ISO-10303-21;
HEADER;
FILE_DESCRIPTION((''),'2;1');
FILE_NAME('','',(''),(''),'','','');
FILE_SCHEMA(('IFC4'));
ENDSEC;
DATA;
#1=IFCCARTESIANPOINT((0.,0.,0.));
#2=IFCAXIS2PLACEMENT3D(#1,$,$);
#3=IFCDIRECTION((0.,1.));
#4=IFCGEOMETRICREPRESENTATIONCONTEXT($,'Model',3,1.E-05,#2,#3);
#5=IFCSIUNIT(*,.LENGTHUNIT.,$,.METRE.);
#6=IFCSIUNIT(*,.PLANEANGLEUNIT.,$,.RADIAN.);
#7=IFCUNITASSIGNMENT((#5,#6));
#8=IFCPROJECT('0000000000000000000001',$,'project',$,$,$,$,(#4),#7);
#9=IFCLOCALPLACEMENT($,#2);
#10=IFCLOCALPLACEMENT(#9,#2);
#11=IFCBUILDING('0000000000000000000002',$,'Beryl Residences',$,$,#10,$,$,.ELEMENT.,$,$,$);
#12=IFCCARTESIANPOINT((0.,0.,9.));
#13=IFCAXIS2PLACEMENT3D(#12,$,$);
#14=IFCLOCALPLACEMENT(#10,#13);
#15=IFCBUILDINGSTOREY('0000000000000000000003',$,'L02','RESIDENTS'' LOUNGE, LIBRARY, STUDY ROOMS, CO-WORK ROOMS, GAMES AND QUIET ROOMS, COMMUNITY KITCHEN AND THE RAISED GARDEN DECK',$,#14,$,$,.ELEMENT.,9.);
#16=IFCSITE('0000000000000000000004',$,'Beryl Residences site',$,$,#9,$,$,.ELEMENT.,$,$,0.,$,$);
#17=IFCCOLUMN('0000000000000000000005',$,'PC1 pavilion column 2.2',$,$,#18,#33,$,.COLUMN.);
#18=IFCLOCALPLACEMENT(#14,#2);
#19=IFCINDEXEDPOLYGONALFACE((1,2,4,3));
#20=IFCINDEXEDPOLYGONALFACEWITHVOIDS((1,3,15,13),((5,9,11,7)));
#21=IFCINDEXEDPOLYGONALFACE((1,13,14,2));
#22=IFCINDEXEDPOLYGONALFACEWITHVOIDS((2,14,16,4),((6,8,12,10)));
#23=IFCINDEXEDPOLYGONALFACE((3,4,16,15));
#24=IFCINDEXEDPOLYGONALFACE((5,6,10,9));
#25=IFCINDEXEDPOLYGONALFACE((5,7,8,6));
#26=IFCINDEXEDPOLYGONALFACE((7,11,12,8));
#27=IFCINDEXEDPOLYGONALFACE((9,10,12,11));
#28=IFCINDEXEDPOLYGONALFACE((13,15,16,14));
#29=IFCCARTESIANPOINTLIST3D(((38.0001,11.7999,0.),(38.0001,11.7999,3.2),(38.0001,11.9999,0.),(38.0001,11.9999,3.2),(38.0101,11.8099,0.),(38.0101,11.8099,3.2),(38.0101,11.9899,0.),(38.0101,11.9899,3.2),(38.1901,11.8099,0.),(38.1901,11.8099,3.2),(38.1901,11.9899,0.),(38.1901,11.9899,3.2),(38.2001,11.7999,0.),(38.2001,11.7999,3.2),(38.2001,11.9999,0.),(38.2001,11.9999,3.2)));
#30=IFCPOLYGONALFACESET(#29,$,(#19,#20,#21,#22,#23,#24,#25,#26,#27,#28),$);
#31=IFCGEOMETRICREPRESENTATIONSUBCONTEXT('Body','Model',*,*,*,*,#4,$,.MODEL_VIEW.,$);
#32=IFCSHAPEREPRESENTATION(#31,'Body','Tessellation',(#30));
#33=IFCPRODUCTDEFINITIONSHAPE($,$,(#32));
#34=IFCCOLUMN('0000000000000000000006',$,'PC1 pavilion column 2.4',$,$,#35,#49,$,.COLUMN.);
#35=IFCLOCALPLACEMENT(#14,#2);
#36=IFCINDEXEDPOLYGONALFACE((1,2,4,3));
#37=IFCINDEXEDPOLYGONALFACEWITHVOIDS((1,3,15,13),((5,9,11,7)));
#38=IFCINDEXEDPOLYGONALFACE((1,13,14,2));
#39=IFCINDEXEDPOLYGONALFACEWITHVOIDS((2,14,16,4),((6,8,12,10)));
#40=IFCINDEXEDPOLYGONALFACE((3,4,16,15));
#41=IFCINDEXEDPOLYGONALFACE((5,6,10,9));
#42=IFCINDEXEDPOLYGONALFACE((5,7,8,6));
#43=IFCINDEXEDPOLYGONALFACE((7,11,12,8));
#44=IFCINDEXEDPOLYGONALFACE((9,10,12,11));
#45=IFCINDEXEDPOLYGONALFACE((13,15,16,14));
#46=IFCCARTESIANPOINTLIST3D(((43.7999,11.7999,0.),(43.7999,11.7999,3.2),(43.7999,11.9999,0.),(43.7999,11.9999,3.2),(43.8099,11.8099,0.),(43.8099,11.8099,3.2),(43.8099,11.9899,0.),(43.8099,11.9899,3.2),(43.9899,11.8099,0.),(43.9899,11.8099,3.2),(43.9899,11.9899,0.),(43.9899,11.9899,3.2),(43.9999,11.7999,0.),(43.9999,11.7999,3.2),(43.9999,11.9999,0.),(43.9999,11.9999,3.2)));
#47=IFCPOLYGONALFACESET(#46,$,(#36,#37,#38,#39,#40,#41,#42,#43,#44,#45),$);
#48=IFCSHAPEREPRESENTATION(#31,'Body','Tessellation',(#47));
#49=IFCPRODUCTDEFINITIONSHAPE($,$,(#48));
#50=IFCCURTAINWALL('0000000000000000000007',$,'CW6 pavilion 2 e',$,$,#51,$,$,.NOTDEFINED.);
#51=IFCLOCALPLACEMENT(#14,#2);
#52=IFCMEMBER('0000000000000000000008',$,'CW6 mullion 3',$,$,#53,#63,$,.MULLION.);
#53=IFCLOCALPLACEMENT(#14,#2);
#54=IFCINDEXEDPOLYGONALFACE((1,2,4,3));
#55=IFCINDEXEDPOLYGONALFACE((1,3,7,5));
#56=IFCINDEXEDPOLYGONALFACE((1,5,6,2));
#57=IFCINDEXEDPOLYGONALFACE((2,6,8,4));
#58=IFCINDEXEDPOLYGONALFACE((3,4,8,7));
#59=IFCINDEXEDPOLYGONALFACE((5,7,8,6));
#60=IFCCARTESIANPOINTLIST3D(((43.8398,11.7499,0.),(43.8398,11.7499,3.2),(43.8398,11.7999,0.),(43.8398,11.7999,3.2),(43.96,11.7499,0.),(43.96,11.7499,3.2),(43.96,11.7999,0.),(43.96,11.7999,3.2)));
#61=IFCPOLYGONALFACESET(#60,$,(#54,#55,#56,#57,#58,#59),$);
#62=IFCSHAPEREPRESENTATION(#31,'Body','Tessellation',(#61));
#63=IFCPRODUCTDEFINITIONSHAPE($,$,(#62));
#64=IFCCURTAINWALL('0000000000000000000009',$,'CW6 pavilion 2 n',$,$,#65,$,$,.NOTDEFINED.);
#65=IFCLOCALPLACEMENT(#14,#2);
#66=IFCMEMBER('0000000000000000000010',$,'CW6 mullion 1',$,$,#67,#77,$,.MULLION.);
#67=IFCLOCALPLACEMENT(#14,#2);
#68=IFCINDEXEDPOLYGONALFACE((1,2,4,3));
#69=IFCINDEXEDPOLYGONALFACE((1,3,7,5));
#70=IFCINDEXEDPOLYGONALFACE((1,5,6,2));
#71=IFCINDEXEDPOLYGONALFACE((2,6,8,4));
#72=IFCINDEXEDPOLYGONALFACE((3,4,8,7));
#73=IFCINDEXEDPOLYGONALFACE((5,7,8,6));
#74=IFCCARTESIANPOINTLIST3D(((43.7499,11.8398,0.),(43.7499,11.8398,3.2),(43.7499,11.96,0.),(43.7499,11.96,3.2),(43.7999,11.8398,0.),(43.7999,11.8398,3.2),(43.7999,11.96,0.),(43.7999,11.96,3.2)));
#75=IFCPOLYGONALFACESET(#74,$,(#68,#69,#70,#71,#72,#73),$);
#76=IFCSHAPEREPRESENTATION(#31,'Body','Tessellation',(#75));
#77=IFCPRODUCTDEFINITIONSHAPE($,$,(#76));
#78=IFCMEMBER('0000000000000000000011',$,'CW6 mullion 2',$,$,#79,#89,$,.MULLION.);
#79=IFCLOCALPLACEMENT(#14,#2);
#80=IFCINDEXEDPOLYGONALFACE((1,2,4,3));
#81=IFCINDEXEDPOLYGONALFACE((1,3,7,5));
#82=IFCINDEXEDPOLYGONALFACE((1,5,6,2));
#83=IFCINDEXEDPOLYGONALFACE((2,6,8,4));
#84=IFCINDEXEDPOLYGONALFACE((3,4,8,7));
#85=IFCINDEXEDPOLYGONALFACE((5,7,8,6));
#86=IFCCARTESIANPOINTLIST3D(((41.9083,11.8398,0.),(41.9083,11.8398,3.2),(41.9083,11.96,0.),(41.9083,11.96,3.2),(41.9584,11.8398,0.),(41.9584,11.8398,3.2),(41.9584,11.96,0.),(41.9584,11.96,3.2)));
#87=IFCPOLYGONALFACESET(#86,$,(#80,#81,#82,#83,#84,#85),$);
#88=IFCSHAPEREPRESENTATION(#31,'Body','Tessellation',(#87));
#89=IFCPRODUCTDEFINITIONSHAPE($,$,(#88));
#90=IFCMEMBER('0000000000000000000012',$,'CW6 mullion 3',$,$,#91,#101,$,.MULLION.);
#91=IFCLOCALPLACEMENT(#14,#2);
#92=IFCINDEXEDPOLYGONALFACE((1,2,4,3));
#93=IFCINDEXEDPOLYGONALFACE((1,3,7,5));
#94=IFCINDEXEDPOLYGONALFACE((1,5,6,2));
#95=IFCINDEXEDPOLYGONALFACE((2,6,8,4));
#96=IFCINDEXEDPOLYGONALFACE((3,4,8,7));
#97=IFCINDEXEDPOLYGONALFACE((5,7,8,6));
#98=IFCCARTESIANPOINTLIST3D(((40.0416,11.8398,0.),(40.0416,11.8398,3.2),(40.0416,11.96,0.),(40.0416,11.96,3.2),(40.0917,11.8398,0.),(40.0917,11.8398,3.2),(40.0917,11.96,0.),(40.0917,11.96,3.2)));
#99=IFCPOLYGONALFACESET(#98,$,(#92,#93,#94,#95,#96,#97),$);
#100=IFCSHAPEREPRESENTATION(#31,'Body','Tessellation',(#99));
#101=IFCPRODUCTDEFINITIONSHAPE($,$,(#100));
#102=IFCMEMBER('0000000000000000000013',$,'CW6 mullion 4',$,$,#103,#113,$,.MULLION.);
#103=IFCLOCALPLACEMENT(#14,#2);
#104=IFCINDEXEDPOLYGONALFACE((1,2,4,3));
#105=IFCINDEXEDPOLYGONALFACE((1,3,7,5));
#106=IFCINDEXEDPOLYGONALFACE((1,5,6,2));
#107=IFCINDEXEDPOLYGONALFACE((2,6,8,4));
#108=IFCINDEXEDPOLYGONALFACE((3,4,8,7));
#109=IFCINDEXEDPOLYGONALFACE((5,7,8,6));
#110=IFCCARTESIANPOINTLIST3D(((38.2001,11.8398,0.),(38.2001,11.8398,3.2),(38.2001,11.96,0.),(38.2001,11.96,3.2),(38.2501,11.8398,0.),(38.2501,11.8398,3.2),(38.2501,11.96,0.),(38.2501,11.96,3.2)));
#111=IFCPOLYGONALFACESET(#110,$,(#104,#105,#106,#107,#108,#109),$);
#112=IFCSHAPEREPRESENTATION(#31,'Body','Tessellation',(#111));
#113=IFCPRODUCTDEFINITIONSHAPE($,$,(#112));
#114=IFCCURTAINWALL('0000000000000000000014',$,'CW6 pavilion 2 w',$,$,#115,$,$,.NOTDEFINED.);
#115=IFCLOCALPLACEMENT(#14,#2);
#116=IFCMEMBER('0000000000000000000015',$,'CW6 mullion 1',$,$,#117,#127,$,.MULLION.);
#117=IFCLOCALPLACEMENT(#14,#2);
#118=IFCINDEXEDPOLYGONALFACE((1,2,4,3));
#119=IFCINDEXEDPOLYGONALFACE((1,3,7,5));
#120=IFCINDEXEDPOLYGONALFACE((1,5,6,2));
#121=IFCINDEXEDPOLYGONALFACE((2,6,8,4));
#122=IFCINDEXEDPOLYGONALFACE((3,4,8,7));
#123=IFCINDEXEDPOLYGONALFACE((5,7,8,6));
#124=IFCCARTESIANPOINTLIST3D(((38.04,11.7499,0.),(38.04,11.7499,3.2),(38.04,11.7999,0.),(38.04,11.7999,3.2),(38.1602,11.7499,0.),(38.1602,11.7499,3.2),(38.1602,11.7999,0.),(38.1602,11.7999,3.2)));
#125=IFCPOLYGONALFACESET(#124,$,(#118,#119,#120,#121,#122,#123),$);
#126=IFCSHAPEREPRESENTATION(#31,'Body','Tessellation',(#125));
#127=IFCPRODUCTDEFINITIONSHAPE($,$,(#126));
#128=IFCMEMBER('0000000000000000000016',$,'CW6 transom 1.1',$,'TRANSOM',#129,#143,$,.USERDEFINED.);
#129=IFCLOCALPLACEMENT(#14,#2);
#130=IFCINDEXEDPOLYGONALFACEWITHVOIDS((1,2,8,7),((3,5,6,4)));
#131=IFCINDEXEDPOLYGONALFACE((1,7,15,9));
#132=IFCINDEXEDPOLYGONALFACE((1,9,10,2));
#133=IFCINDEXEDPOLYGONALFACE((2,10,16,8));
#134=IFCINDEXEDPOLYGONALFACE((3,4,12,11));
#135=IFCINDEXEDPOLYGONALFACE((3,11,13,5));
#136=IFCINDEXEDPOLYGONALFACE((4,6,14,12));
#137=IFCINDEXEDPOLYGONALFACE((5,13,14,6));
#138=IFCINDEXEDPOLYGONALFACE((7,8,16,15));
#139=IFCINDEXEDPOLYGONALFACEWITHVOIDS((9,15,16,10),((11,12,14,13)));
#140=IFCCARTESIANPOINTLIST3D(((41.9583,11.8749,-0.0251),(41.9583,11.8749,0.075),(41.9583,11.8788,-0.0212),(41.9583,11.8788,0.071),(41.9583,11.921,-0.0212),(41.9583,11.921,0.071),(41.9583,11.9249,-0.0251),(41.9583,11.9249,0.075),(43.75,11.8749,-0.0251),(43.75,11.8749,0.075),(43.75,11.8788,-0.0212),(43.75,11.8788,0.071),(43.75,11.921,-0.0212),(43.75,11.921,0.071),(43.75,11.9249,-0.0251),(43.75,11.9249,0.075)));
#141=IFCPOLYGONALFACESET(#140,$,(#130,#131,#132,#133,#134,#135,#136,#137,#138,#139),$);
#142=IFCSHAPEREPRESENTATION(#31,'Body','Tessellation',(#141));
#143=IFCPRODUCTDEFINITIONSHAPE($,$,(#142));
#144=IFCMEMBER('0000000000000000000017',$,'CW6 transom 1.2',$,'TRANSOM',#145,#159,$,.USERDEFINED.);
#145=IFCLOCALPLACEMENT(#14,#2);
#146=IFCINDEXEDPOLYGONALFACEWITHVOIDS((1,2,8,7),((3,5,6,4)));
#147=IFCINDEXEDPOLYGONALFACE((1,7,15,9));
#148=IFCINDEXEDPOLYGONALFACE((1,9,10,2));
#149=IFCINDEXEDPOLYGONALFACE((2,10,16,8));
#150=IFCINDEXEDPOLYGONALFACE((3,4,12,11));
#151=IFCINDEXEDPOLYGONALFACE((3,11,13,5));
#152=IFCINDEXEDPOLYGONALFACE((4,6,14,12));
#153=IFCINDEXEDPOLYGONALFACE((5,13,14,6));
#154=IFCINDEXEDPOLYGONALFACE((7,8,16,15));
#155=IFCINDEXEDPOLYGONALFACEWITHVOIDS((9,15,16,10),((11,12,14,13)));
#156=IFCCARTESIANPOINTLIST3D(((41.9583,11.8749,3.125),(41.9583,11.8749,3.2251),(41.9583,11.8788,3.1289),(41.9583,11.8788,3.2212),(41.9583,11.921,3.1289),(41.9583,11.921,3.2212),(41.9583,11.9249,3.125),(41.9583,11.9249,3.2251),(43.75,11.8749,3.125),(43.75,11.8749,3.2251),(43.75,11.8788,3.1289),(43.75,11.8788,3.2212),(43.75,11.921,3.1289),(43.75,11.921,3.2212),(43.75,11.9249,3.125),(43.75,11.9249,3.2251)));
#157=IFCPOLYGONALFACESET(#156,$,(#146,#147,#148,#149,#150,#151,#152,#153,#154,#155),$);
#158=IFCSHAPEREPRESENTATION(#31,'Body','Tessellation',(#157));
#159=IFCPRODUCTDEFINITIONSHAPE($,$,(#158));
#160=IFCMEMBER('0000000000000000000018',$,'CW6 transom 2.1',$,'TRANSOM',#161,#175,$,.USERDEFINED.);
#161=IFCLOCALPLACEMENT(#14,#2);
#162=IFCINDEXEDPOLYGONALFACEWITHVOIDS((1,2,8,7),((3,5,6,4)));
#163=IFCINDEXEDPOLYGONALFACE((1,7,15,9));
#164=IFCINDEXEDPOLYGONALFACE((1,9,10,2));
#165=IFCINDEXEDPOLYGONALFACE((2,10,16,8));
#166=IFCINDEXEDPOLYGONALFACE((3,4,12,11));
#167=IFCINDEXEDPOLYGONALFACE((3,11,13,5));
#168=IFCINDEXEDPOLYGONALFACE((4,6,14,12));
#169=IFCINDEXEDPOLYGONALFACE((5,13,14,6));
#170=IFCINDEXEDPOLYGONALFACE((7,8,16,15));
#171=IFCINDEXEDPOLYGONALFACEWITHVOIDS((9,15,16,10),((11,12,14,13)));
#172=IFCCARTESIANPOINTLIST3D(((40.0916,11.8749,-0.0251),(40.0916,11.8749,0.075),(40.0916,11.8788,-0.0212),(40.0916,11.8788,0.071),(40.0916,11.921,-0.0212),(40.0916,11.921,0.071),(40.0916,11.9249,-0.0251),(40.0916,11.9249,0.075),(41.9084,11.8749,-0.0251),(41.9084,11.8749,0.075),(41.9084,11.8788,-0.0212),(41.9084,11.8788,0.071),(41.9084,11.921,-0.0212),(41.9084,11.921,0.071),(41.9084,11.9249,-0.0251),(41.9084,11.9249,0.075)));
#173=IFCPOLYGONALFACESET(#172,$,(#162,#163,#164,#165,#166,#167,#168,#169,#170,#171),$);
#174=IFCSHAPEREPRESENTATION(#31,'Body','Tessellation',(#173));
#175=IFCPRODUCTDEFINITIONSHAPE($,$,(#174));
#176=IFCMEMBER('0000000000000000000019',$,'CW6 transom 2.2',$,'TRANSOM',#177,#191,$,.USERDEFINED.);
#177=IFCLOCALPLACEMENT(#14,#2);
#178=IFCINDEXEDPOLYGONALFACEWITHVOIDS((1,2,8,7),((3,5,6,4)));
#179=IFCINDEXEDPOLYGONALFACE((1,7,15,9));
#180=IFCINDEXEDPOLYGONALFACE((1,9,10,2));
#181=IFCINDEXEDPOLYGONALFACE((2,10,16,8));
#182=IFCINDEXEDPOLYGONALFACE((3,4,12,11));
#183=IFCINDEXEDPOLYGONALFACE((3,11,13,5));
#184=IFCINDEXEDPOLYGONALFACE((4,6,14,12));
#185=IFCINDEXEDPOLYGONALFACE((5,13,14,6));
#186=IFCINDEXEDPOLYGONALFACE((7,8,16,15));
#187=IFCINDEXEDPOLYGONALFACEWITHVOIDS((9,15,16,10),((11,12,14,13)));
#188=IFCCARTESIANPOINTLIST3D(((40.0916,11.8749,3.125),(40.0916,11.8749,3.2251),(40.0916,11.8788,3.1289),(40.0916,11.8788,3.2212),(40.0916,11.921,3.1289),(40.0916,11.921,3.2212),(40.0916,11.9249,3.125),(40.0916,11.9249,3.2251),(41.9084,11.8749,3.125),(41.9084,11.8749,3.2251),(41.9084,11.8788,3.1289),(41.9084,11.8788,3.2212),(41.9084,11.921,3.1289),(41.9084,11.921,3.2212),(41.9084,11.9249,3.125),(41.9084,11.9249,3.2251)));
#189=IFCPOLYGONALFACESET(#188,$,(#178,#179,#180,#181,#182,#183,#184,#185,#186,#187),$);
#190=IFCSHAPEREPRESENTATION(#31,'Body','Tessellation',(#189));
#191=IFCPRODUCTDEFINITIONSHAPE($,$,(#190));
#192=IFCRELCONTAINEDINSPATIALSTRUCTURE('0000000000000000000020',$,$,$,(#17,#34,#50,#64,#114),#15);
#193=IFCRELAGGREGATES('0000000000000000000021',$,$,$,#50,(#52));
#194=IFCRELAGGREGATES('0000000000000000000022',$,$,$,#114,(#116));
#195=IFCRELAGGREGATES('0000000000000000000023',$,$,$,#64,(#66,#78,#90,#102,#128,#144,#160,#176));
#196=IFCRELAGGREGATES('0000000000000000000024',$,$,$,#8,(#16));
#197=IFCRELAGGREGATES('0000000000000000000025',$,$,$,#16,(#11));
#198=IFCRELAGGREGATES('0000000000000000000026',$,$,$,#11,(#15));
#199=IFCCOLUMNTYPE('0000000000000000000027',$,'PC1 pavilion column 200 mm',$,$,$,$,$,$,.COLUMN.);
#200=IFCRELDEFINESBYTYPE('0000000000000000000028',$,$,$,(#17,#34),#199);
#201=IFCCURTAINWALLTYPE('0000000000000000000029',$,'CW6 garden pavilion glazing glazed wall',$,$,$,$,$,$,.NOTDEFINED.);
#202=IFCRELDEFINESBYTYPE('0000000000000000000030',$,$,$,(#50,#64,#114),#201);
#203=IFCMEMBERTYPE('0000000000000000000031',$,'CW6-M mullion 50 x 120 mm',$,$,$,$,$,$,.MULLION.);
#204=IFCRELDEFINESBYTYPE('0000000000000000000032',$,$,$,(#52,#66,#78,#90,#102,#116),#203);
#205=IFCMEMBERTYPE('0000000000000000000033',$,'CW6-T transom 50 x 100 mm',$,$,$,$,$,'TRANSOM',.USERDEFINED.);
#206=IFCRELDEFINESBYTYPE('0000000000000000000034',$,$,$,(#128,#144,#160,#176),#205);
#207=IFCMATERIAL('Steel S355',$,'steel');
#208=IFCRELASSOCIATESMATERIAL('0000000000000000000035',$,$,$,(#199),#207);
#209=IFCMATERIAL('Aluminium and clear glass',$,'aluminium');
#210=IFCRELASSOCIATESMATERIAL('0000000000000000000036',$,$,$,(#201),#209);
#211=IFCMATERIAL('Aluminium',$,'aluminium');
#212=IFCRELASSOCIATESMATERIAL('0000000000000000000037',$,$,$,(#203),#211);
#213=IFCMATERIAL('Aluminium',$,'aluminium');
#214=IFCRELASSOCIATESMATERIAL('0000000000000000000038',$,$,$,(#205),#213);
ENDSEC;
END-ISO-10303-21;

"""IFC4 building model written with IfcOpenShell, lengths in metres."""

from ifc_helpers import new_model, si_unit, direction, frame, origin, origin_2d, place, context, subcontext, project, spatial, rectangle, hollow_rectangle, extrude, material, material_profile, profile_set, type_object, element, aggregate, save


model = new_model("IFC4")

# Units and contexts
model_context = context("Model", 3, precision=1e-05, world=origin(), true_north=direction((0.0, 1.0)))
body_context = subcontext(model_context, "Body", "Model", "MODEL_VIEW")
ifc_project = project(units=[si_unit("LENGTHUNIT", "METRE"), si_unit("PLANEANGLEUNIT", "RADIAN")], contexts=[model_context])

# Site, building, storey
site_placement = place(None, origin())
site = spatial("IfcSite", under=ifc_project, at=site_placement, Name="Beryl Residences site", CompositionType="ELEMENT", RefElevation=0.0)
building_placement = place(site_placement, origin())
building = spatial("IfcBuilding", under=site, at=building_placement, Name="Beryl Residences", CompositionType="ELEMENT")
storey_placement = place(building_placement, frame((0.0, 0.0, 9.0)))
storey = spatial("IfcBuildingStorey", under=building, at=storey_placement, Name="L02", Description="RESIDENTS' LOUNGE, LIBRARY, STUDY ROOMS, CO-WORK ROOMS, GAMES AND QUIET ROOMS, COMMUNITY KITCHEN AND THE RAISED GARDEN DECK", CompositionType="ELEMENT", Elevation=9.0)

# Columns
ifc_material_1 = material(Name="Steel S355", Category="steel")
ifc_material_profile_1 = material_profile(ifc_material_1, hollow_rectangle(XDim=0.2, YDim=0.2, WallThickness=0.01, at=origin_2d()))
ifc_profile_set_1 = profile_set([ifc_material_profile_1], Name="Steel S355")
column_type = type_object("IfcColumnType", Name="PC1 pavilion column 200 mm", PredefinedType="COLUMN", material=ifc_profile_set_1)
for number, where, z_axis, x_axis, name in (
    (1, (38.1001, 11.8999, 0.0), (0.0, 0.0, 1.0), (1.0, 0.0, 0.0), "PC1 pavilion column 2.2"),
    (2, (43.8999, 11.8999, 0.0), (0.0, 0.0, 1.0), (1.0, 0.0, 0.0), "PC1 pavilion column 2.4"),
):
    element("IfcColumn", number, at=place(storey_placement, frame(where, z_axis=z_axis, x_axis=x_axis)), inside=storey, type_object=column_type, Name=name, PredefinedType="COLUMN", context=body_context, shape_type="SweptSolid", body=[
        extrude(hollow_rectangle(XDim=0.2, YDim=0.2, WallThickness=0.01, at=origin_2d()), origin(), (0.0, 0.0, 1.0), 3.2),
    ])

# Curtain wall, member
ifc_material_2 = material(Name="Aluminium and clear glass", Category="aluminium")
curtain_wall_type = type_object("IfcCurtainWallType", Name="CW6 garden pavilion glazing glazed wall", PredefinedType="NOTDEFINED", material=ifc_material_2)
curtain_wall_1_placement = place(storey_placement, origin())
curtain_wall_1 = element("IfcCurtainWall", 3, at=curtain_wall_1_placement, inside=storey, type_object=curtain_wall_type, Name="CW6 pavilion 2 e", PredefinedType="NOTDEFINED")
ifc_material_3 = material(Name="Aluminium", Category="aluminium")
ifc_material_profile_2 = material_profile(ifc_material_3, rectangle(XDim=0.05, YDim=0.1201, at=origin_2d()))
ifc_profile_set_2 = profile_set([ifc_material_profile_2], Name="Aluminium")
member_type_1 = type_object("IfcMemberType", Name="CW6-M mullion 50 x 120 mm", PredefinedType="MULLION", material=ifc_profile_set_2)
member_1_placement = place(storey_placement, frame((43.8999, 11.7749, 0.0), z_axis=(0.0, 0.0, 1.0), x_axis=(0.0, 1.0, 0.0)))
member_1 = element("IfcMember", 4, at=member_1_placement, type_object=member_type_1, Name="CW6 mullion 3", PredefinedType="MULLION", context=body_context, shape_type="SweptSolid", body=[
    extrude(rectangle(XDim=0.05, YDim=0.1201, at=origin_2d()), origin(), (0.0, 0.0, 1.0), 3.2),
])
aggregate(curtain_wall_1, [member_1])

# Curtain wall, members
curtain_wall_2_placement = place(storey_placement, origin())
curtain_wall_2 = element("IfcCurtainWall", 5, at=curtain_wall_2_placement, inside=storey, type_object=curtain_wall_type, Name="CW6 pavilion 2 n", PredefinedType="NOTDEFINED")
member_2_placement = place(storey_placement, frame((43.7749, 11.8999, 0.0), z_axis=(0.0, 0.0, 1.0), x_axis=(-1.0, 0.0, 0.0)))
member_2 = element("IfcMember", 6, at=member_2_placement, type_object=member_type_1, Name="CW6 mullion 1", PredefinedType="MULLION", context=body_context, shape_type="SweptSolid", body=[
    extrude(rectangle(XDim=0.05, YDim=0.1201, at=origin_2d()), origin(), (0.0, 0.0, 1.0), 3.2),
])
member_3_placement = place(storey_placement, frame((41.9333, 11.8999, 0.0), z_axis=(0.0, 0.0, 1.0), x_axis=(-1.0, 0.0, 0.0)))
member_3 = element("IfcMember", 7, at=member_3_placement, type_object=member_type_1, Name="CW6 mullion 2", PredefinedType="MULLION", context=body_context, shape_type="SweptSolid", body=[
    extrude(rectangle(XDim=0.05, YDim=0.1201, at=origin_2d()), origin(), (0.0, 0.0, 1.0), 3.2),
])
member_4_placement = place(storey_placement, frame((40.0667, 11.8999, 0.0), z_axis=(0.0, 0.0, 1.0), x_axis=(-1.0, 0.0, 0.0)))
member_4 = element("IfcMember", 8, at=member_4_placement, type_object=member_type_1, Name="CW6 mullion 3", PredefinedType="MULLION", context=body_context, shape_type="SweptSolid", body=[
    extrude(rectangle(XDim=0.05, YDim=0.1201, at=origin_2d()), origin(), (0.0, 0.0, 1.0), 3.2),
])
member_5_placement = place(storey_placement, frame((38.2251, 11.8999, 0.0), z_axis=(0.0, 0.0, 1.0), x_axis=(-1.0, 0.0, 0.0)))
member_5 = element("IfcMember", 9, at=member_5_placement, type_object=member_type_1, Name="CW6 mullion 4", PredefinedType="MULLION", context=body_context, shape_type="SweptSolid", body=[
    extrude(rectangle(XDim=0.05, YDim=0.1201, at=origin_2d()), origin(), (0.0, 0.0, 1.0), 3.2),
])

# Curtain wall, member
curtain_wall_3_placement = place(storey_placement, origin())
curtain_wall_3 = element("IfcCurtainWall", 10, at=curtain_wall_3_placement, inside=storey, type_object=curtain_wall_type, Name="CW6 pavilion 2 w", PredefinedType="NOTDEFINED")
member_6_placement = place(storey_placement, frame((38.1001, 11.7749, 0.0), z_axis=(0.0, 0.0, 1.0), x_axis=(0.0, -1.0, 0.0)))
member_6 = element("IfcMember", 11, at=member_6_placement, type_object=member_type_1, Name="CW6 mullion 1", PredefinedType="MULLION", context=body_context, shape_type="SweptSolid", body=[
    extrude(rectangle(XDim=0.05, YDim=0.1201, at=origin_2d()), origin(), (0.0, 0.0, 1.0), 3.2),
])
aggregate(curtain_wall_3, [member_6])

# Members
ifc_material_4 = material(Name="Aluminium", Category="aluminium")
ifc_material_profile_3 = material_profile(ifc_material_4, hollow_rectangle(XDim=0.05, YDim=0.1001, WallThickness=0.0039, at=origin_2d()))
ifc_profile_set_3 = profile_set([ifc_material_profile_3], Name="Aluminium")
member_type_2 = type_object("IfcMemberType", Name="CW6-T transom 50 x 100 mm", ElementType="TRANSOM", PredefinedType="USERDEFINED", material=ifc_profile_set_3)
member_7_placement = place(storey_placement, frame((43.75, 11.8999, 0.0249), z_axis=(-1.0, 0.0, 0.0), x_axis=(0.0, -1.0, 0.0)))
member_7 = element("IfcMember", 12, at=member_7_placement, type_object=member_type_2, Name="CW6 transom 1.1", ObjectType="TRANSOM", PredefinedType="USERDEFINED", context=body_context, shape_type="SweptSolid", body=[
    extrude(hollow_rectangle(XDim=0.05, YDim=0.1001, WallThickness=0.0039, at=origin_2d()), origin(), (0.0, 0.0, 1.0), 1.7917),
])
member_8_placement = place(storey_placement, frame((43.75, 11.8999, 3.175), z_axis=(-1.0, 0.0, 0.0), x_axis=(0.0, -1.0, 0.0)))
member_8 = element("IfcMember", 13, at=member_8_placement, type_object=member_type_2, Name="CW6 transom 1.2", ObjectType="TRANSOM", PredefinedType="USERDEFINED", context=body_context, shape_type="SweptSolid", body=[
    extrude(hollow_rectangle(XDim=0.05, YDim=0.1001, WallThickness=0.0039, at=origin_2d()), origin(), (0.0, 0.0, 1.0), 1.7917),
])
member_9_placement = place(storey_placement, frame((41.9084, 11.8999, 0.0249), z_axis=(-1.0, 0.0, 0.0), x_axis=(0.0, -1.0, 0.0)))
member_9 = element("IfcMember", 14, at=member_9_placement, type_object=member_type_2, Name="CW6 transom 2.1", ObjectType="TRANSOM", PredefinedType="USERDEFINED", context=body_context, shape_type="SweptSolid", body=[
    extrude(hollow_rectangle(XDim=0.05, YDim=0.1001, WallThickness=0.0039, at=origin_2d()), origin(), (0.0, 0.0, 1.0), 1.8169),
])
member_10_placement = place(storey_placement, frame((41.9084, 11.8999, 3.175), z_axis=(-1.0, 0.0, 0.0), x_axis=(0.0, -1.0, 0.0)))
member_10 = element("IfcMember", 15, at=member_10_placement, type_object=member_type_2, Name="CW6 transom 2.2", ObjectType="TRANSOM", PredefinedType="USERDEFINED", context=body_context, shape_type="SweptSolid", body=[
    extrude(hollow_rectangle(XDim=0.05, YDim=0.1001, WallThickness=0.0039, at=origin_2d()), origin(), (0.0, 0.0, 1.0), 1.8169),
])

aggregate(curtain_wall_2, [member_2, member_3, member_4, member_5, member_7, member_8, member_9, member_10])

save(model, "model.ifc")
